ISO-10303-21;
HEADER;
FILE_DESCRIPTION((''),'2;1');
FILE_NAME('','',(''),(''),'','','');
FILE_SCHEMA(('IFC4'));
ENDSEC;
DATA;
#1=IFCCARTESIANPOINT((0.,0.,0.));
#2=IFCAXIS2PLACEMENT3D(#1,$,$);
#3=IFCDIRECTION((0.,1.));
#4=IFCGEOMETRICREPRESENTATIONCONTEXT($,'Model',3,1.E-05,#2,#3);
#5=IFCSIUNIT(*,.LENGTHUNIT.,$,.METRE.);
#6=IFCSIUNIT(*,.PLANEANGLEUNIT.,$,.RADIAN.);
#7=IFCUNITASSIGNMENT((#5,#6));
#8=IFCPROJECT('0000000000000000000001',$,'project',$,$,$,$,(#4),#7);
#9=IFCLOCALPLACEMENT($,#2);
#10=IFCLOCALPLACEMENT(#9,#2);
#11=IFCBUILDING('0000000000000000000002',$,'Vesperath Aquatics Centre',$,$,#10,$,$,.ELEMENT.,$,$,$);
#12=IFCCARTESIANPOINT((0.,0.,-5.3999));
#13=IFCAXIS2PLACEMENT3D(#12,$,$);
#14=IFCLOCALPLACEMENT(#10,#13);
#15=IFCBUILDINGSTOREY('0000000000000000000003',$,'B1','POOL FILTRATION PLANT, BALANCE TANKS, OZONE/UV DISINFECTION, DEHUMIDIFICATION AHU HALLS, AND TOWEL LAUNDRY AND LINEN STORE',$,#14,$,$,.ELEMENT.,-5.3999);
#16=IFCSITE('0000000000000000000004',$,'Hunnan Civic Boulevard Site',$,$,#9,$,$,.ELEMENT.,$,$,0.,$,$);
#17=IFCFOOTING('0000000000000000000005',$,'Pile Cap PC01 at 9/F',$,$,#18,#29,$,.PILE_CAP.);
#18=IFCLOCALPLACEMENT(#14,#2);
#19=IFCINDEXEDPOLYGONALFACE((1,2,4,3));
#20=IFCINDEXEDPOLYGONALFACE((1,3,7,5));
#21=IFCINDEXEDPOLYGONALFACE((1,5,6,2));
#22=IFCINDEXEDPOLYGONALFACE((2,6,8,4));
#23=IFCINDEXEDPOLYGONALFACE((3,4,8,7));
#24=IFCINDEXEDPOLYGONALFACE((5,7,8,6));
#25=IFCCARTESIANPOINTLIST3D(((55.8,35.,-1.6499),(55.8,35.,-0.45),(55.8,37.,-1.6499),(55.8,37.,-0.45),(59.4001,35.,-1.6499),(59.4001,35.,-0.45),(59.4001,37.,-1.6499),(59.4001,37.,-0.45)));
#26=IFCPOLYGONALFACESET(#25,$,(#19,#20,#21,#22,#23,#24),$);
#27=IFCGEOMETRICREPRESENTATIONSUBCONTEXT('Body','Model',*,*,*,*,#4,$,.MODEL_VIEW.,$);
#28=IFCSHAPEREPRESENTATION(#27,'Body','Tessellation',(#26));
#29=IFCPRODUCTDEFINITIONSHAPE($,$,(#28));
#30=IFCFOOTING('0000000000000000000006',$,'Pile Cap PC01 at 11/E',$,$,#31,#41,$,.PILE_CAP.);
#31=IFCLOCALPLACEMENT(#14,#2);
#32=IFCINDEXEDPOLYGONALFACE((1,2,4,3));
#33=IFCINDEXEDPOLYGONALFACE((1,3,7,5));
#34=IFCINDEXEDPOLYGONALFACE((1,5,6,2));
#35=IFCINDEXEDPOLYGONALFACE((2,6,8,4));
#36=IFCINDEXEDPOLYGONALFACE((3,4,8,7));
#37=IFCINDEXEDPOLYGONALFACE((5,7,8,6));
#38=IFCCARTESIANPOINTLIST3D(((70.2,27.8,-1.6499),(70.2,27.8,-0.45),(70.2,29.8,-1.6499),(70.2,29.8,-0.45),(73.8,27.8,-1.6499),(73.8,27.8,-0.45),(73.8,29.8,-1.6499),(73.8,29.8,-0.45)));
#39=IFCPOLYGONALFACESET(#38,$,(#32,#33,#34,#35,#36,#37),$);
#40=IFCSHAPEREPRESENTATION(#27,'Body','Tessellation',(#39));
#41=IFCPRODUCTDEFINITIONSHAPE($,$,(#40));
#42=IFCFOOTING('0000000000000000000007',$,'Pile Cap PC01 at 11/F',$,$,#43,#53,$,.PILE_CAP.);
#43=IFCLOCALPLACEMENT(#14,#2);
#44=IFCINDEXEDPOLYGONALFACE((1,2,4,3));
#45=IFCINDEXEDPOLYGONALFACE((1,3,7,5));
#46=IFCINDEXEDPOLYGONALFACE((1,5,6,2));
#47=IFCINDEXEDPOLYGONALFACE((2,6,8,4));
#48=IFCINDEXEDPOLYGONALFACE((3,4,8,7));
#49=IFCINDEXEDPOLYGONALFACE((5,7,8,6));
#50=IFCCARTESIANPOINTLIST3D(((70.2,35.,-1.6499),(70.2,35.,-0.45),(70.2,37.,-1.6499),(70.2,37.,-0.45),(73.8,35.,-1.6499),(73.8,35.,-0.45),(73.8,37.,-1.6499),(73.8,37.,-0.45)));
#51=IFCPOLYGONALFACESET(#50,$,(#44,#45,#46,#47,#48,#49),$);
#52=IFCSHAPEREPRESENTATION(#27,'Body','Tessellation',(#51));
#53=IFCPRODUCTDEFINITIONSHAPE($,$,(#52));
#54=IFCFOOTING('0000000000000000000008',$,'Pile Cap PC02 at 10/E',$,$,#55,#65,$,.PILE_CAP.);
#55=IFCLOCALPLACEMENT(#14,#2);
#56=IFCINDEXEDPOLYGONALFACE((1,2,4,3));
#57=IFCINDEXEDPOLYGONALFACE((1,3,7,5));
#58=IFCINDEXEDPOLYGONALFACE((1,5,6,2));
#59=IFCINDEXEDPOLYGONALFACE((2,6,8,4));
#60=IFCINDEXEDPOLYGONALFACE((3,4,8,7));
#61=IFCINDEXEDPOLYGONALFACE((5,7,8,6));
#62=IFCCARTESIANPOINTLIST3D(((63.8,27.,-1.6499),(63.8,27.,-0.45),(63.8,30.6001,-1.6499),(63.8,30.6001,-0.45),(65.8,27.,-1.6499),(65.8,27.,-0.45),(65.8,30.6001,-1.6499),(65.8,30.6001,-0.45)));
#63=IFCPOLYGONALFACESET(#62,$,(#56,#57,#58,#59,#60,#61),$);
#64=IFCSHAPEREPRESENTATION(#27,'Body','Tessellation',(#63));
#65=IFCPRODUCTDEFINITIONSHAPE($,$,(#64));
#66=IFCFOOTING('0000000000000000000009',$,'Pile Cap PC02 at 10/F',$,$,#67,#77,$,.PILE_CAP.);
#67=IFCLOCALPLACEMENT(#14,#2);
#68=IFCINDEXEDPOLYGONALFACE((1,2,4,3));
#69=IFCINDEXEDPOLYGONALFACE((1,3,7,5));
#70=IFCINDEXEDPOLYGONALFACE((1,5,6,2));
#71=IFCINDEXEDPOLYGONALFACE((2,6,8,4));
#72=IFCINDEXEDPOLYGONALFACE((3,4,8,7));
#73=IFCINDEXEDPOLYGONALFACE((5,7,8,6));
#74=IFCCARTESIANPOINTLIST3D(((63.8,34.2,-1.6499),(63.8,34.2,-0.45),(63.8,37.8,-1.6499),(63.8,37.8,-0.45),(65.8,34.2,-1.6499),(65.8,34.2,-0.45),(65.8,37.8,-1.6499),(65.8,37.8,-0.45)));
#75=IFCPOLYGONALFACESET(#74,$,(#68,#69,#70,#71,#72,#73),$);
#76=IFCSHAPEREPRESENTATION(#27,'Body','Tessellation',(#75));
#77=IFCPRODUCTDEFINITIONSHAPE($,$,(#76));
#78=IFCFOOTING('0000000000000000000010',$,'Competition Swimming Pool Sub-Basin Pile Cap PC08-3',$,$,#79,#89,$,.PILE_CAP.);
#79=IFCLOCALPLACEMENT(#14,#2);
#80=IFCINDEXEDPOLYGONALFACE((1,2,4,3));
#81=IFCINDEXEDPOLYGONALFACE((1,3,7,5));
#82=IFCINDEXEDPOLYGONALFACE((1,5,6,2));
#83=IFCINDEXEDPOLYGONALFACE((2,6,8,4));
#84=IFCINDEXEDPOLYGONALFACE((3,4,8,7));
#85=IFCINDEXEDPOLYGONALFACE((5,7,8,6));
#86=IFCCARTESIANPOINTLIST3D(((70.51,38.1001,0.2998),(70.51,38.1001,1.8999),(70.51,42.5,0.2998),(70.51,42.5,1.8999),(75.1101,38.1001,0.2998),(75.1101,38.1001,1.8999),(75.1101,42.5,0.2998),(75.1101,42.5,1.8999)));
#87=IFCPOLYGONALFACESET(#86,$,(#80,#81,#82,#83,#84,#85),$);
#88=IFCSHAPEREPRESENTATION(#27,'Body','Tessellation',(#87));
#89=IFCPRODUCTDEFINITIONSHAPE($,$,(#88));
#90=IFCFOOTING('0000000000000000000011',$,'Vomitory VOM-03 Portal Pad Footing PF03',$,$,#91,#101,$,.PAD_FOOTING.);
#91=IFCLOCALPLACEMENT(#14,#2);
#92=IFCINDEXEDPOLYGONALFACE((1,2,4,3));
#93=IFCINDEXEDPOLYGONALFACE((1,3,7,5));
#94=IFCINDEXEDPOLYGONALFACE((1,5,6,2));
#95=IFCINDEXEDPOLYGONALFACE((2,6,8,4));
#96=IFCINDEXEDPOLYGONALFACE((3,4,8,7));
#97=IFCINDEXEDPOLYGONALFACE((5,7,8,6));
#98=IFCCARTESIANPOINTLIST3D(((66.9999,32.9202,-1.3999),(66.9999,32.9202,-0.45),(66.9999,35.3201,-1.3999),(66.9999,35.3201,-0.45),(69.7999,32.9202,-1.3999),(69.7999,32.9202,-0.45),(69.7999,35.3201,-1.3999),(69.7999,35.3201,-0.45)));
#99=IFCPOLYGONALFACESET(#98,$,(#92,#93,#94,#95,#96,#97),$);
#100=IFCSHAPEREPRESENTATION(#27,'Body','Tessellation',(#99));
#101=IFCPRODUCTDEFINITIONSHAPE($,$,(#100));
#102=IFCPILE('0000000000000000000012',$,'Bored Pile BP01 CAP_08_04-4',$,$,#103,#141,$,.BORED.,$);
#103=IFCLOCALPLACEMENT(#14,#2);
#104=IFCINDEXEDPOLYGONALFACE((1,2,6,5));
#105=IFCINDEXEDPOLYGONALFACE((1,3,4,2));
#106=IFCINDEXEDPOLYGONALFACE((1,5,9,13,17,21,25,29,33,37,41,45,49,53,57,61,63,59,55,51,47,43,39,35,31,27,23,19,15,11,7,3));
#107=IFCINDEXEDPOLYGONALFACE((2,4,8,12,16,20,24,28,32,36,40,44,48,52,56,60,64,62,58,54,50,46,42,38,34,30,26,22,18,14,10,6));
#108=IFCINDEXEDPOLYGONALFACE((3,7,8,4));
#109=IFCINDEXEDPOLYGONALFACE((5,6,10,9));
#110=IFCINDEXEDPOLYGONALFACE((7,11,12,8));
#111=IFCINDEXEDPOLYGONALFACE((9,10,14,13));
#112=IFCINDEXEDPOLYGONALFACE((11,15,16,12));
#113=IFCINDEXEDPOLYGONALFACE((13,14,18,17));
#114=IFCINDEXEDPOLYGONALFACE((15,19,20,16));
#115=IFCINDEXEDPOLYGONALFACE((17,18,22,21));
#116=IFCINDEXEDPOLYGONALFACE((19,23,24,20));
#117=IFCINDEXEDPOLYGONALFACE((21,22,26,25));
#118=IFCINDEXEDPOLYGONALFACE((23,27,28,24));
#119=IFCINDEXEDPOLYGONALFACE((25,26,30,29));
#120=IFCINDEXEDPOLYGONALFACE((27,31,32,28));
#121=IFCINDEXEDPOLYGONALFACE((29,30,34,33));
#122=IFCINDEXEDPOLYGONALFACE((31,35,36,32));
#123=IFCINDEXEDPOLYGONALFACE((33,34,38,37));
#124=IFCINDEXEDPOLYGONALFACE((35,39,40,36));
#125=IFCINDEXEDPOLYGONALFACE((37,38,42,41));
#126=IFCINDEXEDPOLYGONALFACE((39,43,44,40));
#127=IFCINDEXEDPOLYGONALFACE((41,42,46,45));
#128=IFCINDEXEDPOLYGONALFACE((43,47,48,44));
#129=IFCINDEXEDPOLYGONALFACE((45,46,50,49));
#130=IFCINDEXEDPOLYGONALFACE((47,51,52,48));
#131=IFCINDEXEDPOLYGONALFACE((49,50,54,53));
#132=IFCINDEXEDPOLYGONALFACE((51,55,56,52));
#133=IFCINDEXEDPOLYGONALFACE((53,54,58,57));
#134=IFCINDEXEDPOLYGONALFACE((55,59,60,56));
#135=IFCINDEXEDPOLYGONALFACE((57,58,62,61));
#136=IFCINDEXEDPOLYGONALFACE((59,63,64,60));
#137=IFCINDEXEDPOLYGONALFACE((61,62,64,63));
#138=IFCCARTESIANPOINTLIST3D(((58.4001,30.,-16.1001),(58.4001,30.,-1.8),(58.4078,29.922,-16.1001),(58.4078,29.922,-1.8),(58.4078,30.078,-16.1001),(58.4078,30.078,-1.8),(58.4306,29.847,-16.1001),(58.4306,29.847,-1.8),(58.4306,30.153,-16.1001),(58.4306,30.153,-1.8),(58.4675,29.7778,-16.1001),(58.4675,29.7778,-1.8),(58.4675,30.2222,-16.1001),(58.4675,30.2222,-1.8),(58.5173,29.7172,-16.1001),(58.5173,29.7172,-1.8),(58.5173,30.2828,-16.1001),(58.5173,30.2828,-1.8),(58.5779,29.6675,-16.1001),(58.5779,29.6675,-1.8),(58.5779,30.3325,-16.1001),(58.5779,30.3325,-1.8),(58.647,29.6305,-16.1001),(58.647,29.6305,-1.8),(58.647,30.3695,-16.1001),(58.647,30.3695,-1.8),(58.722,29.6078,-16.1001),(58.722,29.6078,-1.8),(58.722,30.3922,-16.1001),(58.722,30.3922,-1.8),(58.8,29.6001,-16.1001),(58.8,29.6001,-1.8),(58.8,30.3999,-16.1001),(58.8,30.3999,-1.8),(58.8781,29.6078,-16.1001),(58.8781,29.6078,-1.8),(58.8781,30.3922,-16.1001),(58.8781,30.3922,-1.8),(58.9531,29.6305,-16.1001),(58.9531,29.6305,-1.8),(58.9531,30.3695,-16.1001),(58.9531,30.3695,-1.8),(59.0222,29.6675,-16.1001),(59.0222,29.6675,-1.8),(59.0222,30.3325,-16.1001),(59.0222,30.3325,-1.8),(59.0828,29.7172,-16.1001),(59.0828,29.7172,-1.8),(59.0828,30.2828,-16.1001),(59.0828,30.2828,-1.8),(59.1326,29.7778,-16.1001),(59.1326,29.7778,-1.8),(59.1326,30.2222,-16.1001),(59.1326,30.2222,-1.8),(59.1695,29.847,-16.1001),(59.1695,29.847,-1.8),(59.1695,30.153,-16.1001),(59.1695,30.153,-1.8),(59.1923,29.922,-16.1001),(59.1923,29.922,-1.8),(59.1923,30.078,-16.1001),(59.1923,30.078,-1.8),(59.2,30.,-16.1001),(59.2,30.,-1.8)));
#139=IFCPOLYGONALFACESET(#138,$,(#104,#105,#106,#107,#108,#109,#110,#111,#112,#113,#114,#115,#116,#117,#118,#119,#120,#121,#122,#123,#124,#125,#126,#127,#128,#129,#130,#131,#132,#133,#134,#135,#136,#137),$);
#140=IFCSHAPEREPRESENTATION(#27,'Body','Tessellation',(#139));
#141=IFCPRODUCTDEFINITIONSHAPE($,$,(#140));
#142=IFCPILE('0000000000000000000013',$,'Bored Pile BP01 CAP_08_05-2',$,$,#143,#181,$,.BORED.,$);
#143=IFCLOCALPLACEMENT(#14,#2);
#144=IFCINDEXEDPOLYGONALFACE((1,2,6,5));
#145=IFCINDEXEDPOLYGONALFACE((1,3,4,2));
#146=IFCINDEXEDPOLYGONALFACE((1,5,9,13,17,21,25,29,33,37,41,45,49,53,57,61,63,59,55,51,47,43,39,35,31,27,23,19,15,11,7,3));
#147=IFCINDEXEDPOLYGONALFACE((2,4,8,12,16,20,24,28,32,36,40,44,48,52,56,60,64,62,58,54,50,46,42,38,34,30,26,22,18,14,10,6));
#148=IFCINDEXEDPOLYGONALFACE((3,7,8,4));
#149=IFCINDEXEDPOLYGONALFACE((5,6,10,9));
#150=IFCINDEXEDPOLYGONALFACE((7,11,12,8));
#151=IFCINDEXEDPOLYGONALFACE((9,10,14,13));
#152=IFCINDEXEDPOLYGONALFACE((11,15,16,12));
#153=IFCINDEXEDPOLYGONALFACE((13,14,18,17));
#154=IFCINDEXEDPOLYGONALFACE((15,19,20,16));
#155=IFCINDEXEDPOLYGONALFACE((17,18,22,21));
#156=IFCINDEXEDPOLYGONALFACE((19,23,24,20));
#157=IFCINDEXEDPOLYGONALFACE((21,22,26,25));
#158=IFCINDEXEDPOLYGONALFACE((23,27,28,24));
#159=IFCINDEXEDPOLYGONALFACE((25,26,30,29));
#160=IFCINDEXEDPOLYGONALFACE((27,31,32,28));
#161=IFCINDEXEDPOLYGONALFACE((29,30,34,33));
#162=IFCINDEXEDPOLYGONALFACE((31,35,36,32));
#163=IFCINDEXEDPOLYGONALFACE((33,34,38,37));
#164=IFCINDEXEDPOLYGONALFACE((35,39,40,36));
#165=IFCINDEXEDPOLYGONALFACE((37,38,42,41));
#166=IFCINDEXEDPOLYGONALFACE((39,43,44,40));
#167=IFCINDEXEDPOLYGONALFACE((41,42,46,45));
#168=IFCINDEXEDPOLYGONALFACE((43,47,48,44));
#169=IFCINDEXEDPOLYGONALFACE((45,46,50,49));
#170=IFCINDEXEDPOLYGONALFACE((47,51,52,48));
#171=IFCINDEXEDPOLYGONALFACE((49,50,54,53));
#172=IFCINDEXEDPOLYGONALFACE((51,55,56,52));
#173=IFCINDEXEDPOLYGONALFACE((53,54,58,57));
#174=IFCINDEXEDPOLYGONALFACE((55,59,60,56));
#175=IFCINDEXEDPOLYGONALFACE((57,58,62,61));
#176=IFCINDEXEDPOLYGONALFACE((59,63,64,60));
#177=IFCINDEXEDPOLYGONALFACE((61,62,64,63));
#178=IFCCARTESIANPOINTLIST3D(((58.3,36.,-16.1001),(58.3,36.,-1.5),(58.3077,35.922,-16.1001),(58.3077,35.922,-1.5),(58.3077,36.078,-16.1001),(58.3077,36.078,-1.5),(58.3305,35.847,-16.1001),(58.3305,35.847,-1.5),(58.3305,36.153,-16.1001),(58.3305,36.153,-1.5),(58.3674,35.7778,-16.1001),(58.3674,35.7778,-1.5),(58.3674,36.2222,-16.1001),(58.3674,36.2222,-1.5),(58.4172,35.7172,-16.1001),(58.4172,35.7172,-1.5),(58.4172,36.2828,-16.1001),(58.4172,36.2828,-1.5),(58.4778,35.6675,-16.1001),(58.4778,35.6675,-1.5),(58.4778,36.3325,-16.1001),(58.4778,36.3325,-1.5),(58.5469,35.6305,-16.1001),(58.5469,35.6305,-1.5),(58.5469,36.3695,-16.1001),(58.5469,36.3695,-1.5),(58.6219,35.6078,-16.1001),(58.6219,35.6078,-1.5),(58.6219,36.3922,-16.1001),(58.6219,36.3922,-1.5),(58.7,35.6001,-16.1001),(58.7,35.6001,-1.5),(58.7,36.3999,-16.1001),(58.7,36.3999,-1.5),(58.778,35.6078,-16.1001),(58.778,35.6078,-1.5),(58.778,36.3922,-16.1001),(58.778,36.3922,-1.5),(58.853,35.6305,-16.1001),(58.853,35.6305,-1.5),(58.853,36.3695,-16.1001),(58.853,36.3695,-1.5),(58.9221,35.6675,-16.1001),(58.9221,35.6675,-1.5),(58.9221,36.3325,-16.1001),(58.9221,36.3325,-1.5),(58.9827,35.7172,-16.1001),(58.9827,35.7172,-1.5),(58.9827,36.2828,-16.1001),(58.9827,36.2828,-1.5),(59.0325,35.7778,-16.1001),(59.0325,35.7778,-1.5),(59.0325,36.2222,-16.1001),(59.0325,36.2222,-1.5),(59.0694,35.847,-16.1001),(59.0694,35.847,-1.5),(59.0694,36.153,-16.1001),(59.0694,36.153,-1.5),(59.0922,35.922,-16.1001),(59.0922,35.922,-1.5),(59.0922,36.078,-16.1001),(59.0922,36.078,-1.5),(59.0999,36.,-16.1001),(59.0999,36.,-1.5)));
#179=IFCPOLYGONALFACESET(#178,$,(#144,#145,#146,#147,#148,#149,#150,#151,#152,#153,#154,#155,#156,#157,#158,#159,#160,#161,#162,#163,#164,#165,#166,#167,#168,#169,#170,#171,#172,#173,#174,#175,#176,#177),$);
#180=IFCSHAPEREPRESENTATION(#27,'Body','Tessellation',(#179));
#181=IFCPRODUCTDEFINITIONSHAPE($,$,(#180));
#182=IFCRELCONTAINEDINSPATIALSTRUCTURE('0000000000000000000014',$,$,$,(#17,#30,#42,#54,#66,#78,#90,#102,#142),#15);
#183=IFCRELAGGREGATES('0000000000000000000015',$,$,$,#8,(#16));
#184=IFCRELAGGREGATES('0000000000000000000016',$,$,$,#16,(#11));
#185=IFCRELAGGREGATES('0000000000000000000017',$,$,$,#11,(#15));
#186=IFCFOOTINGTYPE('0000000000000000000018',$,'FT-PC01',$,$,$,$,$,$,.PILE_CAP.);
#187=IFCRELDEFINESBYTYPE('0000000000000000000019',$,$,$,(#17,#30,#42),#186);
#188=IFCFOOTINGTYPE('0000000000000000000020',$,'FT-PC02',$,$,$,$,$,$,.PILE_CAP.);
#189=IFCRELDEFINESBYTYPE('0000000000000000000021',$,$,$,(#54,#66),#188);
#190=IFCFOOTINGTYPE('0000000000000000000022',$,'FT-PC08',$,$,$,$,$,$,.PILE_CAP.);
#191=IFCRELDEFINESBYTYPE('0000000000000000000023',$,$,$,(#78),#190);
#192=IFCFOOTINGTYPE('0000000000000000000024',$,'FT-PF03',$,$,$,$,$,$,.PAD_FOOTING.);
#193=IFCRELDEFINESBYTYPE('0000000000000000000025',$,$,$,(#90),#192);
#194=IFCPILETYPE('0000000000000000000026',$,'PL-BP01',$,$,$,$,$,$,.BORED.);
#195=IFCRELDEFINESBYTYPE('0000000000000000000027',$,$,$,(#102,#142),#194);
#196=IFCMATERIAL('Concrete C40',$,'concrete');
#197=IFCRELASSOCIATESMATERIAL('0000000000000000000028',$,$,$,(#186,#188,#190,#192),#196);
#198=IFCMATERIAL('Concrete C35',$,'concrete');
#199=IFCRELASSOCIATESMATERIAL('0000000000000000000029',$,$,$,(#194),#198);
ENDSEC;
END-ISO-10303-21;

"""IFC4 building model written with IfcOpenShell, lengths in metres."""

from ifc_helpers import new_model, si_unit, direction, frame, origin, origin_2d, place, context, subcontext, project, spatial, rectangle, circle, extrude, material, material_profile, profile_set, type_object, element, save


model = new_model("IFC4")

# Units and contexts
model_context = context("Model", 3, precision=1e-05, world=origin(), true_north=direction((0.0, 1.0)))
body_context = subcontext(model_context, "Body", "Model", "MODEL_VIEW")
ifc_project = project(units=[si_unit("LENGTHUNIT", "METRE"), si_unit("PLANEANGLEUNIT", "RADIAN")], contexts=[model_context])

# Site, building, storey
site_placement = place(None, origin())
site = spatial("IfcSite", under=ifc_project, at=site_placement, Name="Hunnan Civic Boulevard Site", CompositionType="ELEMENT", RefElevation=0.0)
building_placement = place(site_placement, origin())
building = spatial("IfcBuilding", under=site, at=building_placement, Name="Vesperath Aquatics Centre", CompositionType="ELEMENT")
storey_placement = place(building_placement, frame((0.0, 0.0, -5.3999)))
storey = spatial("IfcBuildingStorey", under=building, at=storey_placement, Name="B1", Description="POOL FILTRATION PLANT, BALANCE TANKS, OZONE/UV DISINFECTION, DEHUMIDIFICATION AHU HALLS, AND TOWEL LAUNDRY AND LINEN STORE", CompositionType="ELEMENT", Elevation=-5.3999)

# Footings
ifc_material_1 = material(Name="Concrete C40", Category="concrete")
footing_type_1 = type_object("IfcFootingType", Name="FT-PC01", PredefinedType="PILE_CAP", material=ifc_material_1)
for number, where, z_axis, x_axis, name in (
    (1, (57.6001, 36.0, -1.6499), (0.0, 0.0, 1.0), (1.0, 0.0, 0.0), "Pile Cap PC01 at 9/F"),
    (2, (72.0, 28.8, -1.6499), (0.0, 0.0, 1.0), (1.0, 0.0, 0.0), "Pile Cap PC01 at 11/E"),
    (3, (72.0, 36.0, -1.6499), (0.0, 0.0, 1.0), (1.0, 0.0, 0.0), "Pile Cap PC01 at 11/F"),
):
    element("IfcFooting", number, at=place(storey_placement, frame(where, z_axis=z_axis, x_axis=x_axis)), inside=storey, type_object=footing_type_1, Name=name, PredefinedType="PILE_CAP", context=body_context, shape_type="SweptSolid", body=[
        extrude(rectangle(XDim=3.6001, YDim=2.0, at=origin_2d()), origin(), (0.0, 0.0, 1.0), 1.2),
    ])
footing_type_2 = type_object("IfcFootingType", Name="FT-PC02", PredefinedType="PILE_CAP", material=ifc_material_1)
for number, where, z_axis, x_axis, name in (
    (4, (64.8, 28.8, -1.6499), (0.0, 0.0, 1.0), (1.0, 0.0, 0.0), "Pile Cap PC02 at 10/E"),
    (5, (64.8, 36.0, -1.6499), (0.0, 0.0, 1.0), (1.0, 0.0, 0.0), "Pile Cap PC02 at 10/F"),
):
    element("IfcFooting", number, at=place(storey_placement, frame(where, z_axis=z_axis, x_axis=x_axis)), inside=storey, type_object=footing_type_2, Name=name, PredefinedType="PILE_CAP", context=body_context, shape_type="SweptSolid", body=[
        extrude(rectangle(XDim=2.0, YDim=3.6001, at=origin_2d()), origin(), (0.0, 0.0, 1.0), 1.2),
    ])
footing_type_3 = type_object("IfcFootingType", Name="FT-PC08", PredefinedType="PILE_CAP", material=ifc_material_1)
footing_1_placement = place(storey_placement, frame((72.8101, 40.3, 0.2998), z_axis=(0.0, 0.0, 1.0), x_axis=(1.0, 0.0, 0.0)))
element("IfcFooting", 6, at=footing_1_placement, inside=storey, type_object=footing_type_3, Name="Competition Swimming Pool Sub-Basin Pile Cap PC08-3", PredefinedType="PILE_CAP", context=body_context, shape_type="SweptSolid", body=[
    extrude(rectangle(XDim=4.6001, YDim=4.3999, at=origin_2d()), origin(), (0.0, 0.0, 1.0), 1.6001),
])
footing_type_4 = type_object("IfcFootingType", Name="FT-PF03", PredefinedType="PAD_FOOTING", material=ifc_material_1)
footing_2_placement = place(storey_placement, frame((68.3999, 34.1201, -1.3999), z_axis=(0.0, 0.0, 1.0), x_axis=(1.0, 0.0, 0.0)))
element("IfcFooting", 7, at=footing_2_placement, inside=storey, type_object=footing_type_4, Name="Vomitory VOM-03 Portal Pad Footing PF03", PredefinedType="PAD_FOOTING", context=body_context, shape_type="SweptSolid", body=[
    extrude(rectangle(XDim=2.8, YDim=2.3999, at=origin_2d()), origin(), (0.0, 0.0, 1.0), 0.95),
])

# Piles
ifc_material_2 = material(Name="Concrete C35", Category="concrete")
ifc_material_profile_1 = material_profile(ifc_material_2, circle(Radius=0.3999, at=origin_2d()), Name="PILE D800")
ifc_profile_set_1 = profile_set([ifc_material_profile_1], Name="Concrete C35")
pile_type = type_object("IfcPileType", Name="PL-BP01", PredefinedType="BORED", material=ifc_profile_set_1)
pile_placement = place(storey_placement, frame((58.8, 30.0, -1.8), z_axis=(0.0, 0.0, -1.0), x_axis=(1.0, 0.0, 0.0)))
element("IfcPile", 8, at=pile_placement, inside=storey, type_object=pile_type, Name="Bored Pile BP01 CAP_08_04-4", PredefinedType="BORED", context=body_context, shape_type="SweptSolid", body=[
    extrude(circle(Radius=0.3999, at=origin_2d()), origin(), (0.0, 0.0, 1.0), 14.3),
])
for number, where, z_axis, x_axis, name in (
    (9, (58.7, 36.0, -1.5), (0.0, 0.0, -1.0), (1.0, 0.0, 0.0), "Bored Pile BP01 CAP_08_05-2"),
):
    element("IfcPile", number, at=place(storey_placement, frame(where, z_axis=z_axis, x_axis=x_axis)), inside=storey, type_object=pile_type, Name=name, PredefinedType="BORED", context=body_context, shape_type="SweptSolid", body=[
        extrude(circle(Radius=0.3999, at=origin_2d()), origin(), (0.0, 0.0, 1.0), 14.6001),
    ])

save(model, "model.ifc")
